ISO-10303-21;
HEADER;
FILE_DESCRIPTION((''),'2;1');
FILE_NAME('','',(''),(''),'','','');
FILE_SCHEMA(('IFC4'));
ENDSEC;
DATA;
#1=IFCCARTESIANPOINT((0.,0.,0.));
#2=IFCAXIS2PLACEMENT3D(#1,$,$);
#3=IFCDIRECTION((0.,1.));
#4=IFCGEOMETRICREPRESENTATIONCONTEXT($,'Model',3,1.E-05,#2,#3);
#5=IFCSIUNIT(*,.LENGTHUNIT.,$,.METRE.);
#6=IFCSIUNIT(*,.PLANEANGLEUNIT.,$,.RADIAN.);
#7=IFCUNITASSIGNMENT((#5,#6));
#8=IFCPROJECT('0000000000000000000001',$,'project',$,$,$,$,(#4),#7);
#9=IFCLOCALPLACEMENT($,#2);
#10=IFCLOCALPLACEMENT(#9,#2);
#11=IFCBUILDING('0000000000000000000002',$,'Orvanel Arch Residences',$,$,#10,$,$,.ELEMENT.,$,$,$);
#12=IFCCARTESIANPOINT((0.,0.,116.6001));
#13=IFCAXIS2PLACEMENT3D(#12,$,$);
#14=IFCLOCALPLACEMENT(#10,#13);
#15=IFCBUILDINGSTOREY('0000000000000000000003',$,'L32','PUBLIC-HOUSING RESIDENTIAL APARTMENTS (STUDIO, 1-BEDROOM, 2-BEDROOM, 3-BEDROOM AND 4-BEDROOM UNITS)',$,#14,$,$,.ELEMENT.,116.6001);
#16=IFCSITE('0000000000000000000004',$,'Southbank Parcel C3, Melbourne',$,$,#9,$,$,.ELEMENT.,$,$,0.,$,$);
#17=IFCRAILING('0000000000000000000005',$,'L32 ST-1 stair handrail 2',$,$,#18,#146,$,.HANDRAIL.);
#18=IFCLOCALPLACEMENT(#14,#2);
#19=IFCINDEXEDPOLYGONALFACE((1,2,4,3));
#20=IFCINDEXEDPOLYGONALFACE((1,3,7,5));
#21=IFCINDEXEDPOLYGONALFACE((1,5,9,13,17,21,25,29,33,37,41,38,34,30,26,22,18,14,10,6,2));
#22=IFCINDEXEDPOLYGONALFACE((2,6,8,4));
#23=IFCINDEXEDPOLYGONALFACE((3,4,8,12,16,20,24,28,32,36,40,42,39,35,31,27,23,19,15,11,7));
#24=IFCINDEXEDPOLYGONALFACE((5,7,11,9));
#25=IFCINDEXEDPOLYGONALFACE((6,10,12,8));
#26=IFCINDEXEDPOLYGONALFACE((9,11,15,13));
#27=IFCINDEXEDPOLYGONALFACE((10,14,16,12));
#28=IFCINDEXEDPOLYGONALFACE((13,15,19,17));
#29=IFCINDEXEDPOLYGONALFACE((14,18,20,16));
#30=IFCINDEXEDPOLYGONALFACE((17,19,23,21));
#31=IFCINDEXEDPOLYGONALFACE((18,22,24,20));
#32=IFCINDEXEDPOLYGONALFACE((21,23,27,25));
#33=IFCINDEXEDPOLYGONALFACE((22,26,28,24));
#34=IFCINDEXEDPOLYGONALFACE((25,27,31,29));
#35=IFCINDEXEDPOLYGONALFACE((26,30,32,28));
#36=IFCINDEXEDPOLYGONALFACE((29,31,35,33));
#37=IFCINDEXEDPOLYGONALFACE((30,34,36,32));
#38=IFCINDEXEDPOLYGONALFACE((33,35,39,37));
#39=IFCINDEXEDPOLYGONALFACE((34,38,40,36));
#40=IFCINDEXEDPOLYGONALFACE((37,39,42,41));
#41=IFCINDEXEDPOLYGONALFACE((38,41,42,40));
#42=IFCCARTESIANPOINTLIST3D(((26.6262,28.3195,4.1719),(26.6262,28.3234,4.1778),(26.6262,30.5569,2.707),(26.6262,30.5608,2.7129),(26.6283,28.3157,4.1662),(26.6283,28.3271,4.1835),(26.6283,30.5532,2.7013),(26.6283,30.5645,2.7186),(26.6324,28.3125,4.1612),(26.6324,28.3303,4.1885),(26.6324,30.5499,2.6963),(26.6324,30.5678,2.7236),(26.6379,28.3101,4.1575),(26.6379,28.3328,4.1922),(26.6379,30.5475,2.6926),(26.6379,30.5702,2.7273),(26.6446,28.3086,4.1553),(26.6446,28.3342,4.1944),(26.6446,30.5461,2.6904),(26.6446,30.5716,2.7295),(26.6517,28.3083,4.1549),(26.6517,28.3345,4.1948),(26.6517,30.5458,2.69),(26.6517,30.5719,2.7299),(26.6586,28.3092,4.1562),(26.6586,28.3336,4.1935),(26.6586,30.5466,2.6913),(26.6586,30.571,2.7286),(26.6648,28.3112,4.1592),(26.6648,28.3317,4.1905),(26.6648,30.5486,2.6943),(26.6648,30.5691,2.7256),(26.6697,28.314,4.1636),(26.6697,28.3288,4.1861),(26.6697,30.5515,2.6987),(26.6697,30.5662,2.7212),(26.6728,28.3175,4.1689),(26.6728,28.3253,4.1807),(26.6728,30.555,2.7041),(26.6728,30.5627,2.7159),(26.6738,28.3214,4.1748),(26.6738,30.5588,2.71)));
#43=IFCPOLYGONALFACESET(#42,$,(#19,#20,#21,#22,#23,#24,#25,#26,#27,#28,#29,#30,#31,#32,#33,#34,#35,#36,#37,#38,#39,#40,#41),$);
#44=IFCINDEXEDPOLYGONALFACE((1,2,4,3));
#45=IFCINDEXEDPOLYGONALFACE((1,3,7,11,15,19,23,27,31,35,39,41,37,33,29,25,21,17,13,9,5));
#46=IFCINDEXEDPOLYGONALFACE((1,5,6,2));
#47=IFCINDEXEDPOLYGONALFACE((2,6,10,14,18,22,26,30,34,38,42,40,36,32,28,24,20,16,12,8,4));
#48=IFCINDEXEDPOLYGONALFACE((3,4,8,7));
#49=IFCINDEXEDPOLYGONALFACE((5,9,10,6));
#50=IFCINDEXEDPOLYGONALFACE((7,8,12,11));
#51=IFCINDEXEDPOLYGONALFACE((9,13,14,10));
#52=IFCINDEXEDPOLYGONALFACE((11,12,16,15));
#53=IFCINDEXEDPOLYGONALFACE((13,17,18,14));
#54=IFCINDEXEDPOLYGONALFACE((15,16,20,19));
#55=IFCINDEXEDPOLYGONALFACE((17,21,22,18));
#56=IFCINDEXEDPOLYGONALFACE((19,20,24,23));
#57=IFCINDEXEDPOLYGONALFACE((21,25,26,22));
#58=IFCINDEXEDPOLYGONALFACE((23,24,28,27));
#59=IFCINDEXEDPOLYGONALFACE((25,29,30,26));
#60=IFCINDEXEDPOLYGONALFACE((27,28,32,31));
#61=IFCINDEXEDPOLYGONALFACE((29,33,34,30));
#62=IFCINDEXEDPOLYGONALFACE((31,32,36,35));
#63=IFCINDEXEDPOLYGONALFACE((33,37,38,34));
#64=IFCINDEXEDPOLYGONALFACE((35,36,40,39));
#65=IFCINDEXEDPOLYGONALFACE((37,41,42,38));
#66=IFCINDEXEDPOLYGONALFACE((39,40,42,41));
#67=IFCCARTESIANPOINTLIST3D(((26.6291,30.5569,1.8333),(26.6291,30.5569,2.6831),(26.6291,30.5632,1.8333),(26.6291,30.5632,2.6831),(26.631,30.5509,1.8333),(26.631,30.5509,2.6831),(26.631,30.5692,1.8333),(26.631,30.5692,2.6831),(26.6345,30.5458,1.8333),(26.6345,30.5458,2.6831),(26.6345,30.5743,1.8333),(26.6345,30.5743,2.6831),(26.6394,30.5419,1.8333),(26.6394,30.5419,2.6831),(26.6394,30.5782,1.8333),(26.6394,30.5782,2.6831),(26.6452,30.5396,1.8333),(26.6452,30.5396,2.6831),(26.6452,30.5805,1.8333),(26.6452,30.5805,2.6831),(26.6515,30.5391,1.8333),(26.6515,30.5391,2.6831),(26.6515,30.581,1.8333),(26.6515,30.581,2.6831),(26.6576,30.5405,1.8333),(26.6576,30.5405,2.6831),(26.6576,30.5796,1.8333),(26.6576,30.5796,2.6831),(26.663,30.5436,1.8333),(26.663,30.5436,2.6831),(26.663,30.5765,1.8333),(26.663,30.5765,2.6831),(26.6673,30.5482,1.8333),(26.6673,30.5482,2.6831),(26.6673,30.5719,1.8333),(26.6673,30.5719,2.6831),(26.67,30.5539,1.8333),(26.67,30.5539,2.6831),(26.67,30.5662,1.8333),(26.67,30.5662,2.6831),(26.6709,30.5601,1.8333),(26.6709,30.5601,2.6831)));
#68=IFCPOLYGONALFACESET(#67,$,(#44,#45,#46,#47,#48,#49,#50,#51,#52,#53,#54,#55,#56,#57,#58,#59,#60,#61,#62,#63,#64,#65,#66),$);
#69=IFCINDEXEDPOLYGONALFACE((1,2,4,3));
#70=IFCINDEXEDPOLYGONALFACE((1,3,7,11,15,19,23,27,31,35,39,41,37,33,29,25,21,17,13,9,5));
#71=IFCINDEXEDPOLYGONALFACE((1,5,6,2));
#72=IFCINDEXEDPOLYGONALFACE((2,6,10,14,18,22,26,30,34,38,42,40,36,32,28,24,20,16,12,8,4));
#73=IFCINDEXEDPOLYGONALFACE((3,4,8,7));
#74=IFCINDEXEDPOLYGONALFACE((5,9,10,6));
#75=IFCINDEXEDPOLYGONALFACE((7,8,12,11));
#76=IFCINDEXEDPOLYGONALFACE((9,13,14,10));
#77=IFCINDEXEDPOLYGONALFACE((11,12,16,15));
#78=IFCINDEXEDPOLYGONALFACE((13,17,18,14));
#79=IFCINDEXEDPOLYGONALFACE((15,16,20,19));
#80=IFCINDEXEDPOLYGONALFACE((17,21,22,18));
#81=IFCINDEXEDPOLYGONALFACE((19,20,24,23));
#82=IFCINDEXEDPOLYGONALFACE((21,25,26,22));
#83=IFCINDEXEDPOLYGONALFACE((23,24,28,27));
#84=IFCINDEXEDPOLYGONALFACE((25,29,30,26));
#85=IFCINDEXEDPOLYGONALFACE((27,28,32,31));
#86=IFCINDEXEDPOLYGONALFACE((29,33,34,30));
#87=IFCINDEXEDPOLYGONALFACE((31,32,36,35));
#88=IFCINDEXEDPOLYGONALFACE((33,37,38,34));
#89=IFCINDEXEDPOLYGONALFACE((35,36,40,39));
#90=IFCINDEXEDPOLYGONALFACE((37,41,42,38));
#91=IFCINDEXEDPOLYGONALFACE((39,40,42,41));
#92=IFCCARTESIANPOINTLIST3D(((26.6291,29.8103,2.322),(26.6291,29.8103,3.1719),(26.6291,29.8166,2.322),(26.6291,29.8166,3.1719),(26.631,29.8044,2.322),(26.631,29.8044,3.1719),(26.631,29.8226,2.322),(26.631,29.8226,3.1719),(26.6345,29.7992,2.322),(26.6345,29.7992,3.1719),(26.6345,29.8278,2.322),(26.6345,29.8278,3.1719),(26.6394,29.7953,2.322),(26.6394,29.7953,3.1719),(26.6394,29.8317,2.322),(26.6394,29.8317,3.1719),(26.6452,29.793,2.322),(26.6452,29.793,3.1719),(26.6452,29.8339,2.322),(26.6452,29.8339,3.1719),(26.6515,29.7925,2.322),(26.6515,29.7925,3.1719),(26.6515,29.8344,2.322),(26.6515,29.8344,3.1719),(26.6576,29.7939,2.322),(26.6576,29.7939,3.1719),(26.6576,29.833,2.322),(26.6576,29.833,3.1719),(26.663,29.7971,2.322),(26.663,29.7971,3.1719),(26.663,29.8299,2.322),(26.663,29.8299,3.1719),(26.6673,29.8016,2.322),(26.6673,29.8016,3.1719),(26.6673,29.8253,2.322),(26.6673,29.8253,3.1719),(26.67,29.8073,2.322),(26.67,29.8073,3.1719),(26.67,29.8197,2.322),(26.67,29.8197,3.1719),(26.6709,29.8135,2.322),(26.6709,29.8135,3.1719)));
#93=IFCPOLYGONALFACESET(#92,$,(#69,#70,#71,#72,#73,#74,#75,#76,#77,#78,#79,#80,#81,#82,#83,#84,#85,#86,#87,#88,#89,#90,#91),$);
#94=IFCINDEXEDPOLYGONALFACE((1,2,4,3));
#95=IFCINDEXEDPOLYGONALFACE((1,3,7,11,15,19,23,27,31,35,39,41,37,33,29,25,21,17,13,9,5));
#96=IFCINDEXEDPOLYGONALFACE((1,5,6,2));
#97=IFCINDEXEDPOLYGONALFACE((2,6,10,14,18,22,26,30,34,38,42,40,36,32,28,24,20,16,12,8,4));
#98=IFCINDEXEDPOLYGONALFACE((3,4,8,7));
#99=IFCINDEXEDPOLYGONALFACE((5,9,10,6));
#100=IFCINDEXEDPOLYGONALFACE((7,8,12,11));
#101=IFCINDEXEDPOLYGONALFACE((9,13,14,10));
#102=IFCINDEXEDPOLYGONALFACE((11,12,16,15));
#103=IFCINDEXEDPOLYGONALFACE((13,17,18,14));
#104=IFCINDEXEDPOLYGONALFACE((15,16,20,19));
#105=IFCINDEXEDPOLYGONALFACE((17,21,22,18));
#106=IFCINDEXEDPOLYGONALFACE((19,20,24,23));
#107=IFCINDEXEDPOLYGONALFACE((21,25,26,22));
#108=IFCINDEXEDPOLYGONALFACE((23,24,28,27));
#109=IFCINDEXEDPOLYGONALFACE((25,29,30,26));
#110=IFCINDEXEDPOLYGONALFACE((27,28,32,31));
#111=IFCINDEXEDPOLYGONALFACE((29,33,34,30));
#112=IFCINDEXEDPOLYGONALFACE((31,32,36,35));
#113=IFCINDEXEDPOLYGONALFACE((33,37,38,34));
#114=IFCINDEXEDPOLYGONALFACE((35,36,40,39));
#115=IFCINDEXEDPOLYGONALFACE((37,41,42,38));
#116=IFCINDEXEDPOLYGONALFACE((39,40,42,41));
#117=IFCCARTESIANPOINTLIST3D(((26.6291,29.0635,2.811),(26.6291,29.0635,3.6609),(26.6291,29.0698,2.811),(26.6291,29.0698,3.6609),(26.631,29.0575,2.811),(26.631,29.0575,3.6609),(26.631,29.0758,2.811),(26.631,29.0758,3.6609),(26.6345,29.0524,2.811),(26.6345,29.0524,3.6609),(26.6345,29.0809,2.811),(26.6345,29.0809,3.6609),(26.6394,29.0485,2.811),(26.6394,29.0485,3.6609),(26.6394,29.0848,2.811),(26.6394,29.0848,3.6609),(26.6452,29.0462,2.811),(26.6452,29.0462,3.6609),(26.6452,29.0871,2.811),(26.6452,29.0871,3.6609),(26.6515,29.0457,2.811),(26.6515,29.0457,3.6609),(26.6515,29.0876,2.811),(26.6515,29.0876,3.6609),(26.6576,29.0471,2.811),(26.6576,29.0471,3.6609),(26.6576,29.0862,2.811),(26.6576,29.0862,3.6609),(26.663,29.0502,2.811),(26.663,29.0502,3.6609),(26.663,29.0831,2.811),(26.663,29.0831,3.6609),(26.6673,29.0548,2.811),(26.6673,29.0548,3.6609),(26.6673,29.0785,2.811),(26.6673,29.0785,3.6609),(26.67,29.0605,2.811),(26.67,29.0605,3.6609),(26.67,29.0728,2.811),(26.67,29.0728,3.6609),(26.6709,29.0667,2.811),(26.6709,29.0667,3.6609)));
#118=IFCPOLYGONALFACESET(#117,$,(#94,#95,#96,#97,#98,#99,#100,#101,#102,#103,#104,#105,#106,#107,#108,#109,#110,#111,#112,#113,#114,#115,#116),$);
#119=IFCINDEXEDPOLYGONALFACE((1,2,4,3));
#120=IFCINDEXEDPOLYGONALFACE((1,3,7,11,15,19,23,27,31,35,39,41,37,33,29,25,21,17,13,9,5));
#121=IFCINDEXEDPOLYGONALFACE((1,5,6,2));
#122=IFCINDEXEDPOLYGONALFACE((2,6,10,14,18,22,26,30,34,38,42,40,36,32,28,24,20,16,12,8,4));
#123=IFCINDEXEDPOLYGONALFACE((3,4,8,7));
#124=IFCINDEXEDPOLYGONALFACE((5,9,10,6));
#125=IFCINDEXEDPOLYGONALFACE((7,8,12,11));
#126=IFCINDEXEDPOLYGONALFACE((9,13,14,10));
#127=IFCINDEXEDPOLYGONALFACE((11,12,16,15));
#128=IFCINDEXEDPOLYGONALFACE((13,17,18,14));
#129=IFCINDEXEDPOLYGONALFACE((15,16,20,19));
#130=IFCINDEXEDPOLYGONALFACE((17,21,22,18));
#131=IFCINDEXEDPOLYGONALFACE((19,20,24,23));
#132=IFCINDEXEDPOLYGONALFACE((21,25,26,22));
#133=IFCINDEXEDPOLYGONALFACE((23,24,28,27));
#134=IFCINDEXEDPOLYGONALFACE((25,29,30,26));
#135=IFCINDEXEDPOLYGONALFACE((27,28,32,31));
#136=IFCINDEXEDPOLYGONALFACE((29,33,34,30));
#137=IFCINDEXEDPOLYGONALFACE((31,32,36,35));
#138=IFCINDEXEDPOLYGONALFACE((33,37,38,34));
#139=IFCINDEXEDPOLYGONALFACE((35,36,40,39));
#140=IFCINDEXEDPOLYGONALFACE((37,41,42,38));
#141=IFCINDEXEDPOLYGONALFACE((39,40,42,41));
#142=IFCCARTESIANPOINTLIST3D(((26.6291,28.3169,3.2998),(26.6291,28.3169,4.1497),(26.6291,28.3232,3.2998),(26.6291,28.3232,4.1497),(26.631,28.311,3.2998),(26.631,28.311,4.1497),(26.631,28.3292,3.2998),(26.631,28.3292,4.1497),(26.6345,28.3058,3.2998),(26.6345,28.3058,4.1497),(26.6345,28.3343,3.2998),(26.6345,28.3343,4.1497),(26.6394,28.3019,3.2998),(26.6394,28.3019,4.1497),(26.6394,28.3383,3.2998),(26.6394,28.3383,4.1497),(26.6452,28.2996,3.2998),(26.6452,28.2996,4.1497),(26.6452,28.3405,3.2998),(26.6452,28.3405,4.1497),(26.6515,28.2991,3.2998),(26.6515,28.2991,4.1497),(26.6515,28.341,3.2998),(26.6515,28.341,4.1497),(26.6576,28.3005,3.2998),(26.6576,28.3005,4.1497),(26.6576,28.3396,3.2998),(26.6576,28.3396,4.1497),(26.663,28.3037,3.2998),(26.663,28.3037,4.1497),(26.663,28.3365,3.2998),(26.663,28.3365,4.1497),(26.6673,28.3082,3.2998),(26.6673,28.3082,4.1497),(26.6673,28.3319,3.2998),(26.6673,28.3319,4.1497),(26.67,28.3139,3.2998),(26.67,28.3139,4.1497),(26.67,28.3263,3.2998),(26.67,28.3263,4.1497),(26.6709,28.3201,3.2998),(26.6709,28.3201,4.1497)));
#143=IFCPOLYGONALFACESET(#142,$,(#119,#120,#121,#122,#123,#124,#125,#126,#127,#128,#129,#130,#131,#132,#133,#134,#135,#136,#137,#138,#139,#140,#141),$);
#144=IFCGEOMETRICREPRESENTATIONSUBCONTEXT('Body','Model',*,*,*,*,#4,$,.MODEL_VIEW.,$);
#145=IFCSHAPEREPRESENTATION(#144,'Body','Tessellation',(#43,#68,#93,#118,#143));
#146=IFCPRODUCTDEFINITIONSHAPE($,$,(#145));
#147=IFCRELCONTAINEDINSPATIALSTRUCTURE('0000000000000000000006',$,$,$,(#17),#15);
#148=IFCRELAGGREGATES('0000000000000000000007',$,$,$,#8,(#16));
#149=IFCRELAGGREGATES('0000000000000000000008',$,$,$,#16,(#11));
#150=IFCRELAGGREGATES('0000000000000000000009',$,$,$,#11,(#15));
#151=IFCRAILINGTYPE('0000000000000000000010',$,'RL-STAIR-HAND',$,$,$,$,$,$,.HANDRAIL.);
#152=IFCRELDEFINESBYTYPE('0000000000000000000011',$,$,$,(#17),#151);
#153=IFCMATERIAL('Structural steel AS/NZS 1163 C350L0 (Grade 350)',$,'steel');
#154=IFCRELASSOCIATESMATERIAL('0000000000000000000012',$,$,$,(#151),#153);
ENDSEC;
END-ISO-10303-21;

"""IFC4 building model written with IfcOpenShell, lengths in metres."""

from ifc_helpers import new_model, si_unit, direction, frame, origin, origin_2d, place, context, subcontext, project, spatial, circle, extrude, material, type_object, element, save


model = new_model("IFC4")

# Units and contexts
model_context = context("Model", 3, precision=1e-05, world=origin(), true_north=direction((0.0, 1.0)))
body_context = subcontext(model_context, "Body", "Model", "MODEL_VIEW")
ifc_project = project(units=[si_unit("LENGTHUNIT", "METRE"), si_unit("PLANEANGLEUNIT", "RADIAN")], contexts=[model_context])

# Site, building, storey
site_placement = place(None, origin())
site = spatial("IfcSite", under=ifc_project, at=site_placement, Name="Southbank Parcel C3, Melbourne", CompositionType="ELEMENT", RefElevation=0.0)
building_placement = place(site_placement, origin())
building = spatial("IfcBuilding", under=site, at=building_placement, Name="Orvanel Arch Residences", CompositionType="ELEMENT")
storey_placement = place(building_placement, frame((0.0, 0.0, 116.6001)))
storey = spatial("IfcBuildingStorey", under=building, at=storey_placement, Name="L32", Description="PUBLIC-HOUSING RESIDENTIAL APARTMENTS (STUDIO, 1-BEDROOM, 2-BEDROOM, 3-BEDROOM AND 4-BEDROOM UNITS)", CompositionType="ELEMENT", Elevation=116.6001)

# Railing
ifc_material_1 = material(Name="Structural steel AS/NZS 1163 C350L0 (Grade 350)", Category="steel")
railing_type_1 = type_object("IfcRailingType", Name="RL-STAIR-HAND", PredefinedType="HANDRAIL", material=ifc_material_1)
railing_1_placement = place(storey_placement, frame((26.6499, 30.5601, 1.8333)))
element("IfcRailing", 1, at=railing_1_placement, inside=storey, type_object=railing_type_1, Name="L32 ST-1 stair handrail 2", PredefinedType="HANDRAIL", context=body_context, shape_type="SweptSolid", body=[
    extrude(circle(Radius=0.0239, at=origin_2d()), frame((0.0, -0.0012, 0.8767), z_axis=(0.0, -0.836637, 0.547758), x_axis=(1.0, 0.0, 0.0)), (0.0, 0.0, 1.0), 2.6743),
    extrude(circle(Radius=0.021, at=origin_2d()), origin(), (0.0, 0.0, 1.0), 0.8499),
    extrude(circle(Radius=0.021, at=origin_2d()), frame((0.0, -0.7466, 0.4888)), (0.0, 0.0, 1.0), 0.8499),
    extrude(circle(Radius=0.021, at=origin_2d()), frame((0.0, -1.4934, 0.9778)), (0.0, 0.0, 1.0), 0.8499),
    extrude(circle(Radius=0.021, at=origin_2d()), frame((0.0, -2.24, 1.4666)), (0.0, 0.0, 1.0), 0.8499),
])

save(model, "model.ifc")
